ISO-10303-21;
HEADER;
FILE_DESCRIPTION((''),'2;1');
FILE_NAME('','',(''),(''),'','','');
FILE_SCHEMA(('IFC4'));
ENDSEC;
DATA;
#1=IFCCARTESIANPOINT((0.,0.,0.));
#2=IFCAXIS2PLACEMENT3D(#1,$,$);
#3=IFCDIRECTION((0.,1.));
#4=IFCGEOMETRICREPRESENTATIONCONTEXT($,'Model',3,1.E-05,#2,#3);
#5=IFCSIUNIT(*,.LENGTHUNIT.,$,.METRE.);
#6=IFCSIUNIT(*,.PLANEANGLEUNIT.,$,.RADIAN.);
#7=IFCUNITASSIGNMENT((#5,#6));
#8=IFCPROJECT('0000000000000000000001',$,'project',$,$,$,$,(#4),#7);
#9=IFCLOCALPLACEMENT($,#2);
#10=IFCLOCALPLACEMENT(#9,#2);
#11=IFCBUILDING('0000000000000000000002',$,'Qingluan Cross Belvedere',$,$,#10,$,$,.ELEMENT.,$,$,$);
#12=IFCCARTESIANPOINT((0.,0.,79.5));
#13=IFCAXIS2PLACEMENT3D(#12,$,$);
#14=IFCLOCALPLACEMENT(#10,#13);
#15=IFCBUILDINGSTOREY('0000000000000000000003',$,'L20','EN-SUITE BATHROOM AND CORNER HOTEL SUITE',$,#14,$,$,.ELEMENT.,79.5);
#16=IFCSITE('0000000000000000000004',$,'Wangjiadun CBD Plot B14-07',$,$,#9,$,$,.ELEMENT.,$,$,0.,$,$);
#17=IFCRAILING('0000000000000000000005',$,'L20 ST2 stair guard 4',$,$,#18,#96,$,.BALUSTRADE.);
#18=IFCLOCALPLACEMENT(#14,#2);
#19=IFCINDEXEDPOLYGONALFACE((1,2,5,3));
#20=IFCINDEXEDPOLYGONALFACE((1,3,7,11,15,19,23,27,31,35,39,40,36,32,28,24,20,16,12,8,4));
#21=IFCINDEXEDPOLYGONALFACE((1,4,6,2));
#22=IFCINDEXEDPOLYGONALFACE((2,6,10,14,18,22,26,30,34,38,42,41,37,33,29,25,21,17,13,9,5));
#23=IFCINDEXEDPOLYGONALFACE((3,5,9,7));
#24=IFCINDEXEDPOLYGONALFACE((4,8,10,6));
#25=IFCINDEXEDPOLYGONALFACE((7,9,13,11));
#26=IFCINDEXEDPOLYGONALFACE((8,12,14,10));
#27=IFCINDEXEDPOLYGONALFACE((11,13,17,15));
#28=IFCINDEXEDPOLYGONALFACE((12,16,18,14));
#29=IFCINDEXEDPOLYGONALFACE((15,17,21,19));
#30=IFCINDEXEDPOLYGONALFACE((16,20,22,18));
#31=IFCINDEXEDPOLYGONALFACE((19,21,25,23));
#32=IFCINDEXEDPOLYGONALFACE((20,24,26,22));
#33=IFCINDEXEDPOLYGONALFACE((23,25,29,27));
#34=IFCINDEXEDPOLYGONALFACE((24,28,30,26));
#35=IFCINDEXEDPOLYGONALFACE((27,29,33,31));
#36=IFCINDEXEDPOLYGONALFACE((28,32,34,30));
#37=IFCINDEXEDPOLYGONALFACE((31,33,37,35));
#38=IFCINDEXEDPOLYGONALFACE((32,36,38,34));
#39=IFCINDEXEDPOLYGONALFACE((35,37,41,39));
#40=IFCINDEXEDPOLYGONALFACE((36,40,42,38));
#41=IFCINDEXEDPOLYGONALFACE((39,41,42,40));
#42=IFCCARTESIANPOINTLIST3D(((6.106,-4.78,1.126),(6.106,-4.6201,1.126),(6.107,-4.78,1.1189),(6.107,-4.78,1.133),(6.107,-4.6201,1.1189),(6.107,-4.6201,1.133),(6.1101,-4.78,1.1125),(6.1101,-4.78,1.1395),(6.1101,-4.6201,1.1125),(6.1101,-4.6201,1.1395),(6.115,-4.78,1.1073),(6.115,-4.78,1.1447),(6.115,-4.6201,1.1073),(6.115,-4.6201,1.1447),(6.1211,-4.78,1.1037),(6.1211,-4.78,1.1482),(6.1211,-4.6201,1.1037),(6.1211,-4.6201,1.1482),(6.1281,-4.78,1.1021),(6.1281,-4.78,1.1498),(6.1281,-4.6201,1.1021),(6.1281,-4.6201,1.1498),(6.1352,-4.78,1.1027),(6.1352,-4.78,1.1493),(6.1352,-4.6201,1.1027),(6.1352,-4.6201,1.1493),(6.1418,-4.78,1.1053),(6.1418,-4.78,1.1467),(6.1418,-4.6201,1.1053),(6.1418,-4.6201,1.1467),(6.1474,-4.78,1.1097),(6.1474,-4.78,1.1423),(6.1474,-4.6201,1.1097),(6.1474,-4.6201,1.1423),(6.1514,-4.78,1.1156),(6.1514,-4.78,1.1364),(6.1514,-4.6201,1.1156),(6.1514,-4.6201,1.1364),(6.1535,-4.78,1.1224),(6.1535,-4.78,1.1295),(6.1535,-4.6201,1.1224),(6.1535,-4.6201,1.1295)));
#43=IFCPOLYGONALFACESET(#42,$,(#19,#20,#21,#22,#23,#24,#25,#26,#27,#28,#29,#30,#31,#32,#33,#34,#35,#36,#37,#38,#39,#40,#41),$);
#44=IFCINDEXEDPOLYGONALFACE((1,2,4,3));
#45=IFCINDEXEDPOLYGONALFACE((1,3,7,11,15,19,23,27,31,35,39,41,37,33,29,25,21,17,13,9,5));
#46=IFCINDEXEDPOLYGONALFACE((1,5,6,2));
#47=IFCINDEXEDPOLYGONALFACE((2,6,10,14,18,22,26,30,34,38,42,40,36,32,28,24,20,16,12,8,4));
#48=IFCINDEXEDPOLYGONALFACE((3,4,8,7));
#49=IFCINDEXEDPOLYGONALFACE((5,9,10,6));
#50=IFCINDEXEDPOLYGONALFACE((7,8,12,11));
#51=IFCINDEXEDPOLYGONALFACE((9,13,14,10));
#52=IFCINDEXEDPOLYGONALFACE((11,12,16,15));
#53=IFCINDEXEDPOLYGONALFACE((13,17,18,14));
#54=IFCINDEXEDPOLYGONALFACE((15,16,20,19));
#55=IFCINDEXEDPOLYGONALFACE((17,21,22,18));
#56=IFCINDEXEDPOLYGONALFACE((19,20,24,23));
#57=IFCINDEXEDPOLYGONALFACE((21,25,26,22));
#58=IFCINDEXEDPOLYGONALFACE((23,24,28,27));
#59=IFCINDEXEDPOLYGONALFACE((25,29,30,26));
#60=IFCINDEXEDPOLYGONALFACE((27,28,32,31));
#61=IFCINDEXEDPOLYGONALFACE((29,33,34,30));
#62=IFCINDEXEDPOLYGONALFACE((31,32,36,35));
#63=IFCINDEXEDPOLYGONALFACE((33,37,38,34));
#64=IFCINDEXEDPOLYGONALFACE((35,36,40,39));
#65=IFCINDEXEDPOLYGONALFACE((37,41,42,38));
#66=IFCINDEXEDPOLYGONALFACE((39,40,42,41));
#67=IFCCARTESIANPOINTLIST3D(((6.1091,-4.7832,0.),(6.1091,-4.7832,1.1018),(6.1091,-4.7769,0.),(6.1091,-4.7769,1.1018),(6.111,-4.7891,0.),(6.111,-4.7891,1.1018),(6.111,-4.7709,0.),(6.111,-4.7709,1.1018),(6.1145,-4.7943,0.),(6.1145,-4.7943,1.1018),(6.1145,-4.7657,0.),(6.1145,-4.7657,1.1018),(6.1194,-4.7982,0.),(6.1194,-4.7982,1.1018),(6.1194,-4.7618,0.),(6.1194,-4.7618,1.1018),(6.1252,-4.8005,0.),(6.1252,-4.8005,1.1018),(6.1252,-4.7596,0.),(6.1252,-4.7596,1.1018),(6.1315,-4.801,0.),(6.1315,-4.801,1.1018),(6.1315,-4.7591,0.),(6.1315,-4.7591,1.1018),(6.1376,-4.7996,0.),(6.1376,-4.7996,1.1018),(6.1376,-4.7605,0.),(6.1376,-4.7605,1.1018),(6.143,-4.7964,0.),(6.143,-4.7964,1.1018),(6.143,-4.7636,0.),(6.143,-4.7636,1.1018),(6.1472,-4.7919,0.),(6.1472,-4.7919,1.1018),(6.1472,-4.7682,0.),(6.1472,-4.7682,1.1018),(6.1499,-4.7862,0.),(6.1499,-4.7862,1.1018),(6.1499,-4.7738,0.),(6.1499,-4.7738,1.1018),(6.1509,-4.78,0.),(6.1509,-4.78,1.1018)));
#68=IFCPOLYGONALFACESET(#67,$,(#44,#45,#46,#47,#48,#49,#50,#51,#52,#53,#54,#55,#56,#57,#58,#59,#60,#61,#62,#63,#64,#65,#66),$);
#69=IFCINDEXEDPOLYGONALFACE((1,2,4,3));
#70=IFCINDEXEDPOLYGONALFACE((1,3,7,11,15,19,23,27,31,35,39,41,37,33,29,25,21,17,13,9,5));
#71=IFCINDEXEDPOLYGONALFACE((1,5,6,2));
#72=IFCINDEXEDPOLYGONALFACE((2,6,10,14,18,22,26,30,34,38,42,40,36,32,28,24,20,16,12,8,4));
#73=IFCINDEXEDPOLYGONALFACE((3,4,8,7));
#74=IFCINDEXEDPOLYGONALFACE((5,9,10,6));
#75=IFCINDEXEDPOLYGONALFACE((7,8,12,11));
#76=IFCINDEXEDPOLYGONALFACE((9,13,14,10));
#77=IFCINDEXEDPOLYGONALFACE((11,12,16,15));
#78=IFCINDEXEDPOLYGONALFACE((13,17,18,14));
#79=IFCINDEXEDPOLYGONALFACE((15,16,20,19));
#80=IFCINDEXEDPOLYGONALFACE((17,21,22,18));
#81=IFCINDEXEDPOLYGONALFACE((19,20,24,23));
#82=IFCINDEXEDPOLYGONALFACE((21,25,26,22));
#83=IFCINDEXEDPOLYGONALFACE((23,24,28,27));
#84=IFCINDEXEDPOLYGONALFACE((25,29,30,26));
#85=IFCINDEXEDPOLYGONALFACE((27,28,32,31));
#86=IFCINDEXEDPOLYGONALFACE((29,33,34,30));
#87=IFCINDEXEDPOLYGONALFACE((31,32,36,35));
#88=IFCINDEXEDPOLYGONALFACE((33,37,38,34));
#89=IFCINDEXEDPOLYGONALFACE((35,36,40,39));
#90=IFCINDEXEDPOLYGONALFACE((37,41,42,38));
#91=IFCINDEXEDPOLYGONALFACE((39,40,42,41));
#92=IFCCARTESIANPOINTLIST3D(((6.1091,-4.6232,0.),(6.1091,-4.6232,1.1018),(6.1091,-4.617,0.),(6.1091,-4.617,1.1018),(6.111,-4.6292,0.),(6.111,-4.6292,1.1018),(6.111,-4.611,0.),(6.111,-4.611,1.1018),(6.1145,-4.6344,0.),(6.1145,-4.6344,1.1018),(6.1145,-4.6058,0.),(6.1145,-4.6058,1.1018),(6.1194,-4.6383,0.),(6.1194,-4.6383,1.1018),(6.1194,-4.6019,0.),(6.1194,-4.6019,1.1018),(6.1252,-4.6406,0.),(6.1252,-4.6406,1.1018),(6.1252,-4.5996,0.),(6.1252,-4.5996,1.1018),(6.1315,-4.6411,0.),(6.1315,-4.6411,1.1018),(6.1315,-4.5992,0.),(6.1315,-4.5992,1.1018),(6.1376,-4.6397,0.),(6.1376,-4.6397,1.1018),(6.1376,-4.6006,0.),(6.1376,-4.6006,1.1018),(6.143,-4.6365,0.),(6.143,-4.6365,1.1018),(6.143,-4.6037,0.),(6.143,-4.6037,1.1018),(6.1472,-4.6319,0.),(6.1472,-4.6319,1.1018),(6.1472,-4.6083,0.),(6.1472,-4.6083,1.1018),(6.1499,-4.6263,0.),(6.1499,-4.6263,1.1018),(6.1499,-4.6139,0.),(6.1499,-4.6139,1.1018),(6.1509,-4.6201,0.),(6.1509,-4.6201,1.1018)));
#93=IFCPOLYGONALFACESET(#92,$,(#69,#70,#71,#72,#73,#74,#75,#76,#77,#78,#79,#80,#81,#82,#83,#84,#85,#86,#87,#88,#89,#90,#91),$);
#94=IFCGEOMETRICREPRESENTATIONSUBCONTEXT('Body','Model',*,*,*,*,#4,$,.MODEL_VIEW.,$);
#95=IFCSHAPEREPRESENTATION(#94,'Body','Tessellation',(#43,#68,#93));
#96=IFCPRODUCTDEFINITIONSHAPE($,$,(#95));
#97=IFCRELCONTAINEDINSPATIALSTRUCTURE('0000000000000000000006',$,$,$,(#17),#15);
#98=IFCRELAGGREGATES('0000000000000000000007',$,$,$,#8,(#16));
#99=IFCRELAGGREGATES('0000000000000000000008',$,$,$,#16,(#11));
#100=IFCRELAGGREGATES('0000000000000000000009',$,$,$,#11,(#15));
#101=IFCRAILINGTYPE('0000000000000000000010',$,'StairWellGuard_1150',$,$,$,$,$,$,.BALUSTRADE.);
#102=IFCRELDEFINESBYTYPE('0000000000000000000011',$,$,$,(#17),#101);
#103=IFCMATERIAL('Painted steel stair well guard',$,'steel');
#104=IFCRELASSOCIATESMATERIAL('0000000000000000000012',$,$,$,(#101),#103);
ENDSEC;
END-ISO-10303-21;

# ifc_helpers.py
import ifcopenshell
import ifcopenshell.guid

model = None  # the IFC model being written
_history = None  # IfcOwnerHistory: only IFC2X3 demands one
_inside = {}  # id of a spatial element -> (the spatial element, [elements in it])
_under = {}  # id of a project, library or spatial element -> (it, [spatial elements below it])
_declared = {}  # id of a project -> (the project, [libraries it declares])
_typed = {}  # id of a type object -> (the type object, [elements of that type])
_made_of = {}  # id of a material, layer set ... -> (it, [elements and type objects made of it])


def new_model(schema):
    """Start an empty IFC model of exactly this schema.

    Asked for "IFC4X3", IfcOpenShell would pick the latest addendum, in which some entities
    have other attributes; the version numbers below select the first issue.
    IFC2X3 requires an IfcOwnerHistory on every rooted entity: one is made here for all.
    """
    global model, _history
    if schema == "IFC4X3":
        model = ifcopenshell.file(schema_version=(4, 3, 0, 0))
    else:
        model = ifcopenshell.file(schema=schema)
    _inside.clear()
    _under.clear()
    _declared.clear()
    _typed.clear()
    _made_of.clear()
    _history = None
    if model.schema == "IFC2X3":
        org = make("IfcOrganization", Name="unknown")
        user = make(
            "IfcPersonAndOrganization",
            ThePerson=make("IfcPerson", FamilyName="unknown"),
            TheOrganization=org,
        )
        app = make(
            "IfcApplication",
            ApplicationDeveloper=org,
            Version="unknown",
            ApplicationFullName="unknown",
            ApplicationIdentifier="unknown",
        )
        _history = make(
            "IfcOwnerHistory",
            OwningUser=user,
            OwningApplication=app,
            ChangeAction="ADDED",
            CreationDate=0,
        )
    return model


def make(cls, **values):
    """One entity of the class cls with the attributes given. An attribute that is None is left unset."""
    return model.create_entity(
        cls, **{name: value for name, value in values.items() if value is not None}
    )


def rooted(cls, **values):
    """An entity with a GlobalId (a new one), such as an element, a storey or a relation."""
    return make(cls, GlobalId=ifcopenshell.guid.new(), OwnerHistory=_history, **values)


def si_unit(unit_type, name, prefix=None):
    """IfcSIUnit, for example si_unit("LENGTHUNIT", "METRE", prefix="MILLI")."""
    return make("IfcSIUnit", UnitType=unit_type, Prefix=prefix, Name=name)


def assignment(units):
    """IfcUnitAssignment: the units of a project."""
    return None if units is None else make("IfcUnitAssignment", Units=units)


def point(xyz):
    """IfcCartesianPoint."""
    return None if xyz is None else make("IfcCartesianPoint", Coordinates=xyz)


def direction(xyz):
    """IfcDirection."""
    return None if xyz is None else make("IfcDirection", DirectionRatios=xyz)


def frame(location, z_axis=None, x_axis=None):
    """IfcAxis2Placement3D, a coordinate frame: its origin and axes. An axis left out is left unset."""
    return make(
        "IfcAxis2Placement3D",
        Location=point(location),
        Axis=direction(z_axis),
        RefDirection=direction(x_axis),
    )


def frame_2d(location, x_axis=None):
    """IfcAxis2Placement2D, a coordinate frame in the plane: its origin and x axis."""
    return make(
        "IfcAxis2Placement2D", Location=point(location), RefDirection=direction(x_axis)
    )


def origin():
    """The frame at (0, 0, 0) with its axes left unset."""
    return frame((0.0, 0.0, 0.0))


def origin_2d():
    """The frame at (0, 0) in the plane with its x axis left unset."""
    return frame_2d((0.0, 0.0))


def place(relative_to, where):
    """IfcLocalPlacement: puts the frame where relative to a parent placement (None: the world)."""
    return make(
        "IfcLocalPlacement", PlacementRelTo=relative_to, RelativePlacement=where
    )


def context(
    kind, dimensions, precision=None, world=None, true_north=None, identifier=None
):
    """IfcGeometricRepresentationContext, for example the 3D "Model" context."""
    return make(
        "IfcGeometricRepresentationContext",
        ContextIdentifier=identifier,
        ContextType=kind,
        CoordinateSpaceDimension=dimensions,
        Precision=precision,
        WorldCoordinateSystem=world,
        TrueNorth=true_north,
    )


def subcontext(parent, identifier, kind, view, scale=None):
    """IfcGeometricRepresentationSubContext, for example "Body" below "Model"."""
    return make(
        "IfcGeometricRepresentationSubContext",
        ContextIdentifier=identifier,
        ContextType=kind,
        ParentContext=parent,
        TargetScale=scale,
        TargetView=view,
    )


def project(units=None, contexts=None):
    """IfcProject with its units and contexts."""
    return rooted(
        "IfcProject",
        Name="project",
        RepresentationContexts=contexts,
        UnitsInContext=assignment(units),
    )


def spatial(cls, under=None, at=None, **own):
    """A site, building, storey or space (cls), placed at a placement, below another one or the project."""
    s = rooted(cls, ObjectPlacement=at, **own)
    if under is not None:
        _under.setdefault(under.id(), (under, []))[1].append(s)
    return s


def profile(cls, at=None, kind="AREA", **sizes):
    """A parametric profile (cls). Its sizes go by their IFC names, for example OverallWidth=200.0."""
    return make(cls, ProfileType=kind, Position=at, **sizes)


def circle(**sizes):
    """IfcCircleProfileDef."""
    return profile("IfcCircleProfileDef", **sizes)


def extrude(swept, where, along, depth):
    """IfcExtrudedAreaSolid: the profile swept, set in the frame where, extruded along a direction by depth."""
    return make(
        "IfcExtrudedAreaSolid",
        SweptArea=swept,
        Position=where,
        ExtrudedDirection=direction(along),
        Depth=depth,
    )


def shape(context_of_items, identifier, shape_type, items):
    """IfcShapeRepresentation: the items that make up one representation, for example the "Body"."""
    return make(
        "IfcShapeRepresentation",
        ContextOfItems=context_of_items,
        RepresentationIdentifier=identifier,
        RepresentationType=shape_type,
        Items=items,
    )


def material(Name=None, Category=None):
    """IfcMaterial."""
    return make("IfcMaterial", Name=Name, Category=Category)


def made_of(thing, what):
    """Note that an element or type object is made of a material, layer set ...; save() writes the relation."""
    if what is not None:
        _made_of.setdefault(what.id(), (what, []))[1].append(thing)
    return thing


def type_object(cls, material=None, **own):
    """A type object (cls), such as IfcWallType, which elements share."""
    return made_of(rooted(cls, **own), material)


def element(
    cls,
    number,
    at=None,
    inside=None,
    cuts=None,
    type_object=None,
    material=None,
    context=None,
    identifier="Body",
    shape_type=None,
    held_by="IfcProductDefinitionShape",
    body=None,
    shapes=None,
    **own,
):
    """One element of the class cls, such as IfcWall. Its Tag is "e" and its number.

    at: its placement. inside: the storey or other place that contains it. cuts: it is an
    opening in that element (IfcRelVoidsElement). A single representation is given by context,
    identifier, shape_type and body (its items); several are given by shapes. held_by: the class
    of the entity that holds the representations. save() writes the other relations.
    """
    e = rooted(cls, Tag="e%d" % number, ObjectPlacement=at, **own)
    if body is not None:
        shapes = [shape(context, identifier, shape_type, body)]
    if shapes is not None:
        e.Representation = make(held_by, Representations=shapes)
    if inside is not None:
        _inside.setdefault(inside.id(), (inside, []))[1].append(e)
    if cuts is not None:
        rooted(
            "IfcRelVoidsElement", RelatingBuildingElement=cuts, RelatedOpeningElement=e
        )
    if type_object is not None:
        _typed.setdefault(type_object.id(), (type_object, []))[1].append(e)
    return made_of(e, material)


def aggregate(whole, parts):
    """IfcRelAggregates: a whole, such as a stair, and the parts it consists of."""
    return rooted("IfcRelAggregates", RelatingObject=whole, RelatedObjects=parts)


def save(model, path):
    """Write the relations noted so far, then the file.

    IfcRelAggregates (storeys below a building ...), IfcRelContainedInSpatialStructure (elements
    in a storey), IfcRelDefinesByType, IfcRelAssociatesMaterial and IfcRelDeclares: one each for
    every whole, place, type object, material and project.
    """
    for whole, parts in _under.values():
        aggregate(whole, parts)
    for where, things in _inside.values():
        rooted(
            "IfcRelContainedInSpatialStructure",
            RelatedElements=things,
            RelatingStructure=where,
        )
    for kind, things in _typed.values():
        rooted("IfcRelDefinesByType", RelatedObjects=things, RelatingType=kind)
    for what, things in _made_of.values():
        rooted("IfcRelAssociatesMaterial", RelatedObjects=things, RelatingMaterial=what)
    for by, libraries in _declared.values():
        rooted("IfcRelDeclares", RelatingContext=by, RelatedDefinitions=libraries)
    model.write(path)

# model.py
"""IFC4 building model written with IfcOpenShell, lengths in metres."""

from ifc_helpers import new_model, si_unit, direction, frame, origin, origin_2d, place, context, subcontext, project, spatial, circle, extrude, material, type_object, element, save


model = new_model("IFC4")

# Units and contexts
model_context = context("Model", 3, precision=1e-05, world=origin(), true_north=direction((0.0, 1.0)))
body_context = subcontext(model_context, "Body", "Model", "MODEL_VIEW")
ifc_project = project(units=[si_unit("LENGTHUNIT", "METRE"), si_unit("PLANEANGLEUNIT", "RADIAN")], contexts=[model_context])

# Site, building, storey
site_placement = place(None, origin())
site = spatial("IfcSite", under=ifc_project, at=site_placement, Name="Wangjiadun CBD Plot B14-07", CompositionType="ELEMENT", RefElevation=0.0)
building_placement = place(site_placement, origin())
building = spatial("IfcBuilding", under=site, at=building_placement, Name="Qingluan Cross Belvedere", CompositionType="ELEMENT")
storey_placement = place(building_placement, frame((0.0, 0.0, 79.5)))
storey = spatial("IfcBuildingStorey", under=building, at=storey_placement, Name="L20", Description="EN-SUITE BATHROOM AND CORNER HOTEL SUITE", CompositionType="ELEMENT", Elevation=79.5)

# Railing
ifc_material_1 = material(Name="Painted steel stair well guard", Category="steel")
railing_type_1 = type_object("IfcRailingType", Name="StairWellGuard_1150", PredefinedType="BALUSTRADE", material=ifc_material_1)
railing_1_placement = place(storey_placement, frame((6.1299, -4.78, 0.0)))
element("IfcRailing", 1, at=railing_1_placement, inside=storey, type_object=railing_type_1, Name="L20 ST2 stair guard 4", PredefinedType="BALUSTRADE", context=body_context, shape_type="SweptSolid", body=[
    extrude(circle(Radius=0.0239, at=origin_2d()), frame((0.0, 0.0, 1.126), z_axis=(0.0, 1.0, 0.0), x_axis=(-1.0, 0.0, 0.0)), (0.0, 0.0, 1.0), 0.1599),
    extrude(circle(Radius=0.021, at=origin_2d()), origin(), (0.0, 0.0, 1.0), 1.1018),
    extrude(circle(Radius=0.021, at=origin_2d()), frame((0.0, 0.1599, 0.0)), (0.0, 0.0, 1.0), 1.1018),
])

save(model, "model.ifc")
